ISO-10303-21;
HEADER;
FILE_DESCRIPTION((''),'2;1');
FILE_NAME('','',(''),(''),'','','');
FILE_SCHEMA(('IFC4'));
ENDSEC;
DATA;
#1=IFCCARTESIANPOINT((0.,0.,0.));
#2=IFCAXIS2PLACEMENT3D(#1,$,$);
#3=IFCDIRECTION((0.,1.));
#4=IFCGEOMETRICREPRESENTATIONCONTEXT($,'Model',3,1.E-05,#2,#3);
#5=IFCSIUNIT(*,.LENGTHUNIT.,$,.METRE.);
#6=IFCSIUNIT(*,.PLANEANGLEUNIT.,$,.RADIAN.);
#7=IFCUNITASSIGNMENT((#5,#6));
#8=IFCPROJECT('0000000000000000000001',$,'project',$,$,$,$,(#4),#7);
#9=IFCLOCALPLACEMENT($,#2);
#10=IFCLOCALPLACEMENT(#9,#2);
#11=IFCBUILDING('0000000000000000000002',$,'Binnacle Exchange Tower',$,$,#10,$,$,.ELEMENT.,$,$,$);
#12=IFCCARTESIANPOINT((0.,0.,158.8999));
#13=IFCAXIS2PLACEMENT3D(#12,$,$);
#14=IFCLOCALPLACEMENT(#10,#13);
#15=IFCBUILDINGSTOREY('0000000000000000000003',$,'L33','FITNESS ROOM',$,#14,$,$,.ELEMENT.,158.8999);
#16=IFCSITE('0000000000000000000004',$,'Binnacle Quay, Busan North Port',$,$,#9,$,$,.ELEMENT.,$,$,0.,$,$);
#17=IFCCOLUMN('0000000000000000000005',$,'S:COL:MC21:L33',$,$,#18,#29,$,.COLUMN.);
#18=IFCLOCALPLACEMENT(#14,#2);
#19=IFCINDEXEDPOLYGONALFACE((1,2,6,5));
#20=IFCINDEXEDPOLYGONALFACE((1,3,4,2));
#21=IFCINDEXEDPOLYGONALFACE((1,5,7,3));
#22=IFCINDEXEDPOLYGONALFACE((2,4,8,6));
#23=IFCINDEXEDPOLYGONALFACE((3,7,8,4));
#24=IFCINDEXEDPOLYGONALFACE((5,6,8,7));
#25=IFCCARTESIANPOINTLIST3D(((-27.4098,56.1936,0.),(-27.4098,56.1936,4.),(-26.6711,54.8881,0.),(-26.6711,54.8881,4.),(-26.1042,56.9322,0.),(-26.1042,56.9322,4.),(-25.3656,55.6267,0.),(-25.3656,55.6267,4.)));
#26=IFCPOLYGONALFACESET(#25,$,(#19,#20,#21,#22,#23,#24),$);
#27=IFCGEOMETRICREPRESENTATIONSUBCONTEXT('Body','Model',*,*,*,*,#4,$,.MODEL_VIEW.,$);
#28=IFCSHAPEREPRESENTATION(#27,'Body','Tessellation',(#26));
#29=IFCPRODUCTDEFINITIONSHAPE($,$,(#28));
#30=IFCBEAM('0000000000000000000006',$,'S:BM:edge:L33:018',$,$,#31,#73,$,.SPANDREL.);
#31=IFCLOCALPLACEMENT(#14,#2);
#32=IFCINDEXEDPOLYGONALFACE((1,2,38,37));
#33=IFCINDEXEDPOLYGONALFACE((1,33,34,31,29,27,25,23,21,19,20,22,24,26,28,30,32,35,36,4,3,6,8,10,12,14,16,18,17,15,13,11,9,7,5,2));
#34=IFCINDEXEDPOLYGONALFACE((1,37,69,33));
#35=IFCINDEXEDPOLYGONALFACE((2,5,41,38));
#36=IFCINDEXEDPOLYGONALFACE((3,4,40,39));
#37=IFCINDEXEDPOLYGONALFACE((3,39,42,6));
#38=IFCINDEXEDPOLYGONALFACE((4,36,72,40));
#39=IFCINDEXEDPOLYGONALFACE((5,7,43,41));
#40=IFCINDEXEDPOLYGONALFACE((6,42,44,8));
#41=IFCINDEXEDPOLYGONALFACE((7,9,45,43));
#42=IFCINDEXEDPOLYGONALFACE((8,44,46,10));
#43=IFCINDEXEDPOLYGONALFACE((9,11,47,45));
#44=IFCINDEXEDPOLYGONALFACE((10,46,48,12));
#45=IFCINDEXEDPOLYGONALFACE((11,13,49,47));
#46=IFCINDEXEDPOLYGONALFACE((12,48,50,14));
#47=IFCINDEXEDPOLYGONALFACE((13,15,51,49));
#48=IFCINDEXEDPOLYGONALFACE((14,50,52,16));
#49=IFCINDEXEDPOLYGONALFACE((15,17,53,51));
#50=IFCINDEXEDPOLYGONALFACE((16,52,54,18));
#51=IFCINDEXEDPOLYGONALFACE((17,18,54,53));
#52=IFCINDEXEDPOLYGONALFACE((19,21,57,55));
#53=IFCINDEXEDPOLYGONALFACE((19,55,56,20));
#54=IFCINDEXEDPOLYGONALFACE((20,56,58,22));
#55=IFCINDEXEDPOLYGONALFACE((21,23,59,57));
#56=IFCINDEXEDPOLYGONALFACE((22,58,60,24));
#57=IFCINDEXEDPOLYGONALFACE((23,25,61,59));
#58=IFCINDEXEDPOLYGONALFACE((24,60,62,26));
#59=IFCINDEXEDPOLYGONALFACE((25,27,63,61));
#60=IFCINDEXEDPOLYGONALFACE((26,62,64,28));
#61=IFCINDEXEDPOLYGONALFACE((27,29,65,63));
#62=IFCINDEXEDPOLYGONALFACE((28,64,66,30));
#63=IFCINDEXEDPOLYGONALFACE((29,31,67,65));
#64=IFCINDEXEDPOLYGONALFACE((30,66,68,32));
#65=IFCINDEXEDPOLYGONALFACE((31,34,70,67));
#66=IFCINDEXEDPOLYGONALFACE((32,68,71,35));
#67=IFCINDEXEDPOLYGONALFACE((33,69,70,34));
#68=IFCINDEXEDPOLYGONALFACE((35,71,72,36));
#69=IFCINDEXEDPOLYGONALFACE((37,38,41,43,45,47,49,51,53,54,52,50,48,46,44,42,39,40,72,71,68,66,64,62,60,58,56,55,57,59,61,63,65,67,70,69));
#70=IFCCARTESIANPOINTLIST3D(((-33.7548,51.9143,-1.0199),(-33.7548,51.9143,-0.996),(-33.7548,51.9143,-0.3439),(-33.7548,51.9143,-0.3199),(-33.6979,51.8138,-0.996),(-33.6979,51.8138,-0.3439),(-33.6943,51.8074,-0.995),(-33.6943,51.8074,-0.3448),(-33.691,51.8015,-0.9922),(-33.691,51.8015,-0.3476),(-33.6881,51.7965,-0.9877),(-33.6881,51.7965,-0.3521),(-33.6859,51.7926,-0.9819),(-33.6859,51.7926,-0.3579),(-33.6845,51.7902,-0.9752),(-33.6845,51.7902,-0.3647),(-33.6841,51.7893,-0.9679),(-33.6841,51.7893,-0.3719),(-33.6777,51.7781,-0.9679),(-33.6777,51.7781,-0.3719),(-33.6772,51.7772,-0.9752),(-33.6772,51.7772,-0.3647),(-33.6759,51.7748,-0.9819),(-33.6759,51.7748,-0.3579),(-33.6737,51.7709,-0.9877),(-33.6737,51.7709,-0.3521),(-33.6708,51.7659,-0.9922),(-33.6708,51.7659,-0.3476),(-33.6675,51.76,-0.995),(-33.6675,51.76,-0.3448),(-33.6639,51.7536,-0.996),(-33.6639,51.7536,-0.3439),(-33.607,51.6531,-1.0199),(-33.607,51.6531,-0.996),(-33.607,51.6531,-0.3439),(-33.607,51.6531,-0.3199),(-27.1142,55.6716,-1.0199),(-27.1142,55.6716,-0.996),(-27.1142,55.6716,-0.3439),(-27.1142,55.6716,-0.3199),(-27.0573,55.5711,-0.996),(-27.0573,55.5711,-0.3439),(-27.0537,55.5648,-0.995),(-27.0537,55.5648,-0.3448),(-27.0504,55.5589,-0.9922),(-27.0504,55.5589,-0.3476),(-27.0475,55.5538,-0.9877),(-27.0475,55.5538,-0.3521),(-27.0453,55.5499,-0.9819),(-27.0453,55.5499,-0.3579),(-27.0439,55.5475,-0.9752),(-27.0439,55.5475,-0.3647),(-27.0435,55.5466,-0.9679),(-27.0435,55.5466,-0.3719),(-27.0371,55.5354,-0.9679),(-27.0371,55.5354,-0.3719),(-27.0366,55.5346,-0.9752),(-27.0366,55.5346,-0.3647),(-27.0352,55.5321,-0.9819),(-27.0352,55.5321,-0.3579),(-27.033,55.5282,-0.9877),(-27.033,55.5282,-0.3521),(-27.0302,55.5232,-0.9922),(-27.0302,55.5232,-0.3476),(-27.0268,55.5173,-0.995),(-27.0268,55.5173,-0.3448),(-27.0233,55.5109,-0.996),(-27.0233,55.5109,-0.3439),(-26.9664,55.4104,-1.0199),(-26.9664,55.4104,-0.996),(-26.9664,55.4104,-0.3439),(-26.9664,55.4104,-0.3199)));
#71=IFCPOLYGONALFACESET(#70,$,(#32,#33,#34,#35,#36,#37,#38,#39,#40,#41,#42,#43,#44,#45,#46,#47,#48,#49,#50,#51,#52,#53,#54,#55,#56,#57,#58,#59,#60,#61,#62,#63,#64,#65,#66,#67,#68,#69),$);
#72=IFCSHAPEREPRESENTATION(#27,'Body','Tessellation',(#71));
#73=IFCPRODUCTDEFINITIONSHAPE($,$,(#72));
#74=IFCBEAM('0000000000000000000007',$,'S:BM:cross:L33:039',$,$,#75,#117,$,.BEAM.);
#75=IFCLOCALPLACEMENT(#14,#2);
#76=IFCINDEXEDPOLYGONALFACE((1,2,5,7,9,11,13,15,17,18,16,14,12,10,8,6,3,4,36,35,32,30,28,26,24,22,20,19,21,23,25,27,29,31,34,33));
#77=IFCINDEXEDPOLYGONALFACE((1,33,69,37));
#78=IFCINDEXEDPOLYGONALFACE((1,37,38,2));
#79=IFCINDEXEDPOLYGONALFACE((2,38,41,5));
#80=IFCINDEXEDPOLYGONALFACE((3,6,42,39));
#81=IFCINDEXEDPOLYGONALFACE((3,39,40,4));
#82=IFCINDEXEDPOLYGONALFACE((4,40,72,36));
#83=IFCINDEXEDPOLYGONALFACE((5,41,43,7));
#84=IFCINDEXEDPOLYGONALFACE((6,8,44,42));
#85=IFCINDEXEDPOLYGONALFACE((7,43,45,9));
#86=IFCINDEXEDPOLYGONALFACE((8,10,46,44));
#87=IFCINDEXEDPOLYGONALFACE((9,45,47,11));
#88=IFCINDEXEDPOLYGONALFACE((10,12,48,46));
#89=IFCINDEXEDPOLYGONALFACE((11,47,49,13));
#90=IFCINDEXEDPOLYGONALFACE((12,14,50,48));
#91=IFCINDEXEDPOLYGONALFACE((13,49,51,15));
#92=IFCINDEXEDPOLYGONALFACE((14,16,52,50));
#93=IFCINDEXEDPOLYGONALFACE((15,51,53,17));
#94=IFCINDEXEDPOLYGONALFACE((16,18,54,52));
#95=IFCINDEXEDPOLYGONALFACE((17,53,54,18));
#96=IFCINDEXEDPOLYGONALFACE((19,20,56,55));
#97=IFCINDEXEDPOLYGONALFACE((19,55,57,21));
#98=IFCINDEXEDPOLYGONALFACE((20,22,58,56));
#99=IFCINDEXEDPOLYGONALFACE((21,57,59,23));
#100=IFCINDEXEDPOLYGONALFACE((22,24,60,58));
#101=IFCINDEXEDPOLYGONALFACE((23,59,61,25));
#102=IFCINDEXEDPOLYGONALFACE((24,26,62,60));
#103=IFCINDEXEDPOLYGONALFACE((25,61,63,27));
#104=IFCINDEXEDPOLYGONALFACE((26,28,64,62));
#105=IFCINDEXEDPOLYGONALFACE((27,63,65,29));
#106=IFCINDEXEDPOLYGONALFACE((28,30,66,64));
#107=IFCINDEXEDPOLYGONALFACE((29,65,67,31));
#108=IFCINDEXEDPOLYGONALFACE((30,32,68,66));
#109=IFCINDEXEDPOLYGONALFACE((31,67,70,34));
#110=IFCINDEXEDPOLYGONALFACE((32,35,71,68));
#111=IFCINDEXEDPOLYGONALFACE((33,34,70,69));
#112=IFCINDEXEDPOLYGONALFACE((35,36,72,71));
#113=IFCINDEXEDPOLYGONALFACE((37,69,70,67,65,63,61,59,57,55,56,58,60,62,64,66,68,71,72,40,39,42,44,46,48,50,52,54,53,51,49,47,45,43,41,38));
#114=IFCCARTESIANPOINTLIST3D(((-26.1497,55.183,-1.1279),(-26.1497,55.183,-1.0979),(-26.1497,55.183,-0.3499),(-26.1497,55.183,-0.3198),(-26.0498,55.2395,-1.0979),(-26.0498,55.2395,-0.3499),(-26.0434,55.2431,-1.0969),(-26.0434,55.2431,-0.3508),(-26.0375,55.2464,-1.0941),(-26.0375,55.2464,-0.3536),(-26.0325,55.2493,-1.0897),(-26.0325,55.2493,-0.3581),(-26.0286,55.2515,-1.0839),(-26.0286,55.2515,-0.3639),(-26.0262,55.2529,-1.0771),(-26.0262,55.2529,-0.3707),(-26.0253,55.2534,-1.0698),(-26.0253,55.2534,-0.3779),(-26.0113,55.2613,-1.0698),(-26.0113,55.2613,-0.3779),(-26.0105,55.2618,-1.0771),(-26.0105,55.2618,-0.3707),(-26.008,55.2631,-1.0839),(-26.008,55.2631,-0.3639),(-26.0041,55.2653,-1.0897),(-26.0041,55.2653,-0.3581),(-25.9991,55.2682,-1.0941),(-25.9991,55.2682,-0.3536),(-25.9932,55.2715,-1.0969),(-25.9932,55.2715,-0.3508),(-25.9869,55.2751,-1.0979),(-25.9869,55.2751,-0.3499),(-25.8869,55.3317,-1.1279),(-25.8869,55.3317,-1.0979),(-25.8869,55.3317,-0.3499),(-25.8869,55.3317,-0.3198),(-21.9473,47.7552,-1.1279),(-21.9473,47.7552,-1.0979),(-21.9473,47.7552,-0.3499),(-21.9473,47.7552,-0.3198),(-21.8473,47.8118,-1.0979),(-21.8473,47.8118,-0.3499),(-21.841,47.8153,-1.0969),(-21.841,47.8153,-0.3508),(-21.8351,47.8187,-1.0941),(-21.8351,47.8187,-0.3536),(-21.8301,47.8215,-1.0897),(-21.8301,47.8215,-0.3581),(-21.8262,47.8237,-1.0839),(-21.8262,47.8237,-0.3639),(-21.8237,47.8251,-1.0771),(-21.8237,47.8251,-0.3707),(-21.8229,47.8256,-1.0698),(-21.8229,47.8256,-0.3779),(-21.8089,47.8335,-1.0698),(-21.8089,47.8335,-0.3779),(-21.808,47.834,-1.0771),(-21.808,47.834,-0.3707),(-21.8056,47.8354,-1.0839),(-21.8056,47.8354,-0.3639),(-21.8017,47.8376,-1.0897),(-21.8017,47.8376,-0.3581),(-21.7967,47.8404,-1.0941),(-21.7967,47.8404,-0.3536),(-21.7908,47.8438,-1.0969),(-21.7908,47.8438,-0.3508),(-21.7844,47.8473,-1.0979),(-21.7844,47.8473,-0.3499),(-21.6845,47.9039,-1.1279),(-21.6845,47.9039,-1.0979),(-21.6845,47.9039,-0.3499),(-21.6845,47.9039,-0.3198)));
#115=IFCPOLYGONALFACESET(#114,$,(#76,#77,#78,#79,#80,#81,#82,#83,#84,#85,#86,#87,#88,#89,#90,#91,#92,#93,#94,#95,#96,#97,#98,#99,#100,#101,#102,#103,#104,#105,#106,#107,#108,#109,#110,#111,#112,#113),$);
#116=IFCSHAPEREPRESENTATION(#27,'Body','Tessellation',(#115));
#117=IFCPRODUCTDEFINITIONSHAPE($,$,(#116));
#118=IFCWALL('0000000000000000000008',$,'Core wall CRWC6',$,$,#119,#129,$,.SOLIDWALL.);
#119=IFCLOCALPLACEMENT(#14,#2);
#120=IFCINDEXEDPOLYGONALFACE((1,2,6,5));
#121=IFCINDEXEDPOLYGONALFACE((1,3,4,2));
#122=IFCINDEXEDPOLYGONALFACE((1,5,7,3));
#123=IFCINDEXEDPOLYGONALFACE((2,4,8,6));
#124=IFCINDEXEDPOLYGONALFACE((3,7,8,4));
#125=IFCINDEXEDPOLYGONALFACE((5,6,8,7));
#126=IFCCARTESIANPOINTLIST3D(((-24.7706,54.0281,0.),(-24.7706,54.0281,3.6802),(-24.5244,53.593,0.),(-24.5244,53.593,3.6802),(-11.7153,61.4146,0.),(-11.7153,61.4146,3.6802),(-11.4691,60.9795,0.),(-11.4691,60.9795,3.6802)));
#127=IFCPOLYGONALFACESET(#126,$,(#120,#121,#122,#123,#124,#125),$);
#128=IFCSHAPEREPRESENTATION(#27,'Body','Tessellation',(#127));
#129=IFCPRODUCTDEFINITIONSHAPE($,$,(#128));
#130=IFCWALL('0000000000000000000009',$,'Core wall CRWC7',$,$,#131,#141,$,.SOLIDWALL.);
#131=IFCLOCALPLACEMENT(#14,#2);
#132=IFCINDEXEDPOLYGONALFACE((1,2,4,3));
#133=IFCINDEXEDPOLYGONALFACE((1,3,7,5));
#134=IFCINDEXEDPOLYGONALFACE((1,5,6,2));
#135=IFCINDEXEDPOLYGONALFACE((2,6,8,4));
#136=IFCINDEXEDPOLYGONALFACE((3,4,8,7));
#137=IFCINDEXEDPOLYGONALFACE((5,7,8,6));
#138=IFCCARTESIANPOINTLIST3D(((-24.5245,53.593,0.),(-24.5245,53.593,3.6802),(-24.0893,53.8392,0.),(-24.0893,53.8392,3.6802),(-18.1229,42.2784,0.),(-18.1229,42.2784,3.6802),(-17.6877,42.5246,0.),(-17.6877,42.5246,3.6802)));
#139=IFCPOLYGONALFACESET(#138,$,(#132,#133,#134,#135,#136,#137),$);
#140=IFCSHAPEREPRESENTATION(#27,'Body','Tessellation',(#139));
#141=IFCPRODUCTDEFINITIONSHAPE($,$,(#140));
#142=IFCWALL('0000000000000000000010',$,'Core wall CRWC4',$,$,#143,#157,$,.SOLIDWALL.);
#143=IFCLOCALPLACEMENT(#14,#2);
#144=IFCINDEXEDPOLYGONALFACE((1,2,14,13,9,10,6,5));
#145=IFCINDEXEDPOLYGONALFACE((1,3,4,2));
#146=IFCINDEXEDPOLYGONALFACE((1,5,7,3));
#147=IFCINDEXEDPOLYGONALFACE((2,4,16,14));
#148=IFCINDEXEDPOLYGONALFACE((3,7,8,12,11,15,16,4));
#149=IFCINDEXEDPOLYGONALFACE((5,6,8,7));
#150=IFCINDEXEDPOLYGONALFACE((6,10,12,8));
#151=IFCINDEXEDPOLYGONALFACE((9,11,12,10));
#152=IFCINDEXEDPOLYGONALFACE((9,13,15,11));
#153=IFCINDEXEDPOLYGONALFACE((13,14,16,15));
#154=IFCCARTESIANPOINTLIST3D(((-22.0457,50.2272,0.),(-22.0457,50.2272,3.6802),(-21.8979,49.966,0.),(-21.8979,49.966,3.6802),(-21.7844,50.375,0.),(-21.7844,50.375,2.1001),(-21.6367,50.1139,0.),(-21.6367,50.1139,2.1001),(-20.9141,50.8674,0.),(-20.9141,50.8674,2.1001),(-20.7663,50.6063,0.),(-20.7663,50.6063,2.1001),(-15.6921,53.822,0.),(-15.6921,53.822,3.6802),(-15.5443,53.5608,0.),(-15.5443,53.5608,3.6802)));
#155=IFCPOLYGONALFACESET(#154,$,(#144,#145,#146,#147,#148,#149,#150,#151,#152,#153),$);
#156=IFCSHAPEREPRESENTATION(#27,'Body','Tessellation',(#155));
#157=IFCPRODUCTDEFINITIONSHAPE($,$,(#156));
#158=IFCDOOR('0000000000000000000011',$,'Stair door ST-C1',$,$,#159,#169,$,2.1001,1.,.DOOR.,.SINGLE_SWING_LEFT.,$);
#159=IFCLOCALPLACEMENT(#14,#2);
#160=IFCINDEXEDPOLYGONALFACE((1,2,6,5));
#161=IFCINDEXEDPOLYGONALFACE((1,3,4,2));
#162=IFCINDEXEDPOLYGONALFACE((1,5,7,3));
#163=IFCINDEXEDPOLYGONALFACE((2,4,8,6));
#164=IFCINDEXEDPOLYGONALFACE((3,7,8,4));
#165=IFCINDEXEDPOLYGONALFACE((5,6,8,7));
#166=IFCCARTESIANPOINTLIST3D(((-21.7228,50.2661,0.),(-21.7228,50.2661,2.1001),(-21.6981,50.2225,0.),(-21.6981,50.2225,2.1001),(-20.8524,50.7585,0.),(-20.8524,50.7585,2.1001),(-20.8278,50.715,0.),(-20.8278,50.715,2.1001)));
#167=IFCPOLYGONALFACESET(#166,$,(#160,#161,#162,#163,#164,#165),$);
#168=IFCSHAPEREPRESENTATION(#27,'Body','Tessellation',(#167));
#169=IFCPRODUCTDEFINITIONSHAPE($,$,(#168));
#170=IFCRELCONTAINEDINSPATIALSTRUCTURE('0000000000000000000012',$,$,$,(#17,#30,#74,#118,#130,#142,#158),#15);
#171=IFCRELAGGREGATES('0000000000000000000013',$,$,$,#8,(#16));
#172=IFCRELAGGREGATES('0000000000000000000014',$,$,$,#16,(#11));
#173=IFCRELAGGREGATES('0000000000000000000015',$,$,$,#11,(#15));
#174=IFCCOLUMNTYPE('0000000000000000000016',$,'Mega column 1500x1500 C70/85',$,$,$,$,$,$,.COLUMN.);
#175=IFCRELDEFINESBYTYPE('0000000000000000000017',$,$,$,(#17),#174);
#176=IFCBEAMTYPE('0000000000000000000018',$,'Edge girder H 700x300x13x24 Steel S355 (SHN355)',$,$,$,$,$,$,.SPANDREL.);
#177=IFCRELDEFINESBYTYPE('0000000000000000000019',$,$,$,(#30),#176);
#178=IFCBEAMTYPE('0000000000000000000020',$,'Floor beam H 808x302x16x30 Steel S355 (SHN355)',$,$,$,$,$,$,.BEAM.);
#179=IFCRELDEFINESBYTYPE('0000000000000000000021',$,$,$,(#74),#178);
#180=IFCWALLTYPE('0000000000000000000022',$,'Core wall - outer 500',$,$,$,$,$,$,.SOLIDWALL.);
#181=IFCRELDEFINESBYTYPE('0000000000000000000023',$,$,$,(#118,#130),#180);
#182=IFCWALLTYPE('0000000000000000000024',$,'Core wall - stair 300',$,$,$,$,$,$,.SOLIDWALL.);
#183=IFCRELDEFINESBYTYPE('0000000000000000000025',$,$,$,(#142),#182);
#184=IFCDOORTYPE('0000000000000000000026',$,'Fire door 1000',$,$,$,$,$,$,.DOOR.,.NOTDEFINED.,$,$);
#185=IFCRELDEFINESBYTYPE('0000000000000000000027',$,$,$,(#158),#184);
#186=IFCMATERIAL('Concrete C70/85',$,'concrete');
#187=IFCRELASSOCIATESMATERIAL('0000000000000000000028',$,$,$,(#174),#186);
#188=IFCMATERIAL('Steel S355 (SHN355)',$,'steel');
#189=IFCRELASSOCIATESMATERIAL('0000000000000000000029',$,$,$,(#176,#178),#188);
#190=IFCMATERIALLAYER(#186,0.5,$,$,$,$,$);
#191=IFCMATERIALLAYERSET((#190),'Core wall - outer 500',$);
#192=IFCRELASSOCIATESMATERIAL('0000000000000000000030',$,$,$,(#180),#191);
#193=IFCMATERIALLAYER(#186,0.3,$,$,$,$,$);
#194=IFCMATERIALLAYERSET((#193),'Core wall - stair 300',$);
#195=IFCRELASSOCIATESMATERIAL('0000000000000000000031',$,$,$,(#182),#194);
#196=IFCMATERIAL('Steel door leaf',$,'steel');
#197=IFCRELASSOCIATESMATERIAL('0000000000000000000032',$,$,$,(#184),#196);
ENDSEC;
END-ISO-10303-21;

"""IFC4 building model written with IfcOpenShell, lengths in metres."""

from ifc_helpers import new_model, si_unit, direction, frame, frame_2d, origin, origin_2d, place, context, subcontext, project, spatial, rectangle, i_section, extrude, material, layer, layer_set, material_profile, profile_set, type_object, element, fill, save


model = new_model("IFC4")

# Units and contexts
model_context = context("Model", 3, precision=1e-05, world=origin(), true_north=direction((0.0, 1.0)))
body_context = subcontext(model_context, "Body", "Model", "MODEL_VIEW")
ifc_project = project(units=[si_unit("LENGTHUNIT", "METRE"), si_unit("PLANEANGLEUNIT", "RADIAN")], contexts=[model_context])

# Site, building, storey
site_placement = place(None, origin())
site = spatial("IfcSite", under=ifc_project, at=site_placement, Name="Binnacle Quay, Busan North Port", CompositionType="ELEMENT", RefElevation=0.0)
building_placement = place(site_placement, origin())
building = spatial("IfcBuilding", under=site, at=building_placement, Name="Binnacle Exchange Tower", CompositionType="ELEMENT")
storey_placement = place(building_placement, frame((0.0, 0.0, 158.8999)))
storey = spatial("IfcBuildingStorey", under=building, at=storey_placement, Name="L33", Description="FITNESS ROOM", CompositionType="ELEMENT", Elevation=158.8999)

# Column
ifc_material_1 = material(Name="Concrete C70/85", Category="concrete")
ifc_material_profile_1 = material_profile(ifc_material_1, rectangle(XDim=1.5, YDim=1.5, at=origin_2d()), Name="Mega column 1500x1500 C70/85")
ifc_profile_set_1 = profile_set([ifc_material_profile_1], Name="Concrete C70/85")
column_type = type_object("IfcColumnType", Name="Mega column 1500x1500 C70/85", PredefinedType="COLUMN", material=ifc_profile_set_1)
column_placement = place(storey_placement, frame((-26.3877, 55.9102, 0.0), z_axis=(0.0, 0.0, 1.0), x_axis=(-0.870356, -0.492424, 0.0)))
element("IfcColumn", 1, at=column_placement, inside=storey, type_object=column_type, Name="S:COL:MC21:L33", PredefinedType="COLUMN", context=body_context, shape_type="SweptSolid", body=[
    extrude(rectangle(XDim=1.5, YDim=1.5, at=origin_2d()), origin(), (0.0, 0.0, 1.0), 4.0),
])

# Beams
ifc_material_2 = material(Name="Steel S355 (SHN355)", Category="steel")
ifc_material_profile_2 = material_profile(ifc_material_2, i_section(OverallWidth=0.3, OverallDepth=0.7, WebThickness=0.0129, FlangeThickness=0.0239, FilletRadius=0.0281, at=origin_2d()), Name="H 700x300x13x24")
ifc_profile_set_2 = profile_set([ifc_material_profile_2], Name="Steel S355 (SHN355)")
beam_type_1 = type_object("IfcBeamType", Name="Edge girder H 700x300x13x24 Steel S355 (SHN355)", PredefinedType="SPANDREL", material=ifc_profile_set_2)
beam_1_placement = place(storey_placement, frame((-27.0403, 55.541, -0.6699), z_axis=(-0.870342, -0.492447, 0.0), x_axis=(0.492447, -0.870342, 0.0)))
element("IfcBeam", 2, at=beam_1_placement, inside=storey, type_object=beam_type_1, Name="S:BM:edge:L33:018", PredefinedType="SPANDREL", context=body_context, shape_type="SweptSolid", body=[
    extrude(i_section(OverallWidth=0.3, OverallDepth=0.7, WebThickness=0.0129, FlangeThickness=0.0239, FilletRadius=0.0281, at=origin_2d()), origin(), (0.0, 0.0, 1.0), 7.6299),
])
ifc_material_profile_3 = material_profile(ifc_material_2, i_section(OverallWidth=0.302, OverallDepth=0.8081, WebThickness=0.0161, FlangeThickness=0.03, FilletRadius=0.0281, at=origin_2d()), Name="H 808x302x16x30")
ifc_profile_set_3 = profile_set([ifc_material_profile_3], Name="Steel S355 (SHN355)")
beam_type_2 = type_object("IfcBeamType", Name="Floor beam H 808x302x16x30 Steel S355 (SHN355)", PredefinedType="BEAM", material=ifc_profile_set_3)
beam_2_placement = place(storey_placement, frame((-26.0183, 55.2573, -0.7239), z_axis=(0.492422, -0.870357, 0.0), x_axis=(0.870357, 0.492422, 0.0)))
element("IfcBeam", 3, at=beam_2_placement, inside=storey, type_object=beam_type_2, Name="S:BM:cross:L33:039", PredefinedType="BEAM", context=body_context, shape_type="SweptSolid", body=[
    extrude(i_section(OverallWidth=0.302, OverallDepth=0.8081, WebThickness=0.0161, FlangeThickness=0.03, FilletRadius=0.0281, at=origin_2d()), origin(), (0.0, 0.0, 1.0), 8.5342),
])

# Walls
ifc_layer_1 = layer(ifc_material_1, 0.5)
ifc_layer_set_1 = layer_set([ifc_layer_1], Name="Core wall - outer 500")
wall_type_1 = type_object("IfcWallType", Name="Core wall - outer 500", PredefinedType="SOLIDWALL", material=ifc_layer_set_1)
wall_1_placement = place(storey_placement, frame((-24.6475, 53.8105, 0.0), z_axis=(0.0, 0.0, 1.0), x_axis=(0.87035, 0.492434, 0.0)))
element("IfcWall", 4, at=wall_1_placement, inside=storey, type_object=wall_type_1, Name="Core wall CRWC6", PredefinedType="SOLIDWALL", context=body_context, shape_type="SweptSolid", body=[
    extrude(rectangle(XDim=15.0, YDim=0.5, at=frame_2d((7.5, 0.0))), origin(), (0.0, 0.0, 1.0), 3.6802),
])
wall_2_placement = place(storey_placement, frame((-24.3069, 53.7161, 0.0), z_axis=(0.0, 0.0, 1.0), x_axis=(0.492427, -0.870354, 0.0)))
element("IfcWall", 5, at=wall_2_placement, inside=storey, type_object=wall_type_1, Name="Core wall CRWC7", PredefinedType="SOLIDWALL", context=body_context, shape_type="SweptSolid", body=[
    extrude(rectangle(XDim=13.0, YDim=0.5, at=frame_2d((6.5, 0.0))), origin(), (0.0, 0.0, 1.0), 3.6802),
])

# Wall, opening, door
ifc_layer_2 = layer(ifc_material_1, 0.3)
ifc_layer_set_2 = layer_set([ifc_layer_2], Name="Core wall - stair 300")
wall_type_2 = type_object("IfcWallType", Name="Core wall - stair 300", PredefinedType="SOLIDWALL", material=ifc_layer_set_2)
wall_3_placement = place(storey_placement, frame((-21.9717, 50.0967, 0.0), z_axis=(0.0, 0.0, 1.0), x_axis=(0.870351, 0.492432, 0.0)))
wall_3 = element("IfcWall", 6, at=wall_3_placement, inside=storey, type_object=wall_type_2, Name="Core wall CRWC4", PredefinedType="SOLIDWALL", context=body_context, shape_type="SweptSolid", body=[
    extrude(rectangle(XDim=7.3, YDim=0.3, at=frame_2d((3.6499, 0.0))), origin(), (0.0, 0.0, 1.0), 3.6802),
])
opening_1_placement = place(wall_3_placement, frame((0.3, 0.0, 0.0)))
opening_1 = element("IfcOpeningElement", 7, at=opening_1_placement, cuts=wall_3, PredefinedType="OPENING", context=body_context, shape_type="SweptSolid", body=[
    extrude(rectangle(XDim=1.0, YDim=2.1001, at=frame_2d((0.5, 1.05))), frame((0.0, 0.1599, 0.0), z_axis=(0.0, -1.0, 0.0), x_axis=(1.0, 0.0, 0.0)), (0.0, 0.0, 1.0), 0.3201),
])
ifc_material_3 = material(Name="Steel door leaf", Category="steel")
door_type = type_object("IfcDoorType", Name="Fire door 1000", OperationType="NOTDEFINED", PredefinedType="DOOR", material=ifc_material_3)
door_1_placement = place(opening_1_placement, origin())
door_1 = element("IfcDoor", 8, at=door_1_placement, inside=storey, type_object=door_type, Name="Stair door ST-C1", OperationType="SINGLE_SWING_LEFT", OverallHeight=2.1001, OverallWidth=1.0, PredefinedType="DOOR", context=body_context, shape_type="SweptSolid", body=[
    extrude(rectangle(XDim=1.0, YDim=2.1001, at=frame_2d((0.5, 1.05))), frame((0.0, 0.0249, 0.0), z_axis=(0.0, -1.0, 0.0), x_axis=(1.0, 0.0, 0.0)), (0.0, 0.0, 1.0), 0.05),
])
fill(opening_1, door_1)

save(model, "model.ifc")
